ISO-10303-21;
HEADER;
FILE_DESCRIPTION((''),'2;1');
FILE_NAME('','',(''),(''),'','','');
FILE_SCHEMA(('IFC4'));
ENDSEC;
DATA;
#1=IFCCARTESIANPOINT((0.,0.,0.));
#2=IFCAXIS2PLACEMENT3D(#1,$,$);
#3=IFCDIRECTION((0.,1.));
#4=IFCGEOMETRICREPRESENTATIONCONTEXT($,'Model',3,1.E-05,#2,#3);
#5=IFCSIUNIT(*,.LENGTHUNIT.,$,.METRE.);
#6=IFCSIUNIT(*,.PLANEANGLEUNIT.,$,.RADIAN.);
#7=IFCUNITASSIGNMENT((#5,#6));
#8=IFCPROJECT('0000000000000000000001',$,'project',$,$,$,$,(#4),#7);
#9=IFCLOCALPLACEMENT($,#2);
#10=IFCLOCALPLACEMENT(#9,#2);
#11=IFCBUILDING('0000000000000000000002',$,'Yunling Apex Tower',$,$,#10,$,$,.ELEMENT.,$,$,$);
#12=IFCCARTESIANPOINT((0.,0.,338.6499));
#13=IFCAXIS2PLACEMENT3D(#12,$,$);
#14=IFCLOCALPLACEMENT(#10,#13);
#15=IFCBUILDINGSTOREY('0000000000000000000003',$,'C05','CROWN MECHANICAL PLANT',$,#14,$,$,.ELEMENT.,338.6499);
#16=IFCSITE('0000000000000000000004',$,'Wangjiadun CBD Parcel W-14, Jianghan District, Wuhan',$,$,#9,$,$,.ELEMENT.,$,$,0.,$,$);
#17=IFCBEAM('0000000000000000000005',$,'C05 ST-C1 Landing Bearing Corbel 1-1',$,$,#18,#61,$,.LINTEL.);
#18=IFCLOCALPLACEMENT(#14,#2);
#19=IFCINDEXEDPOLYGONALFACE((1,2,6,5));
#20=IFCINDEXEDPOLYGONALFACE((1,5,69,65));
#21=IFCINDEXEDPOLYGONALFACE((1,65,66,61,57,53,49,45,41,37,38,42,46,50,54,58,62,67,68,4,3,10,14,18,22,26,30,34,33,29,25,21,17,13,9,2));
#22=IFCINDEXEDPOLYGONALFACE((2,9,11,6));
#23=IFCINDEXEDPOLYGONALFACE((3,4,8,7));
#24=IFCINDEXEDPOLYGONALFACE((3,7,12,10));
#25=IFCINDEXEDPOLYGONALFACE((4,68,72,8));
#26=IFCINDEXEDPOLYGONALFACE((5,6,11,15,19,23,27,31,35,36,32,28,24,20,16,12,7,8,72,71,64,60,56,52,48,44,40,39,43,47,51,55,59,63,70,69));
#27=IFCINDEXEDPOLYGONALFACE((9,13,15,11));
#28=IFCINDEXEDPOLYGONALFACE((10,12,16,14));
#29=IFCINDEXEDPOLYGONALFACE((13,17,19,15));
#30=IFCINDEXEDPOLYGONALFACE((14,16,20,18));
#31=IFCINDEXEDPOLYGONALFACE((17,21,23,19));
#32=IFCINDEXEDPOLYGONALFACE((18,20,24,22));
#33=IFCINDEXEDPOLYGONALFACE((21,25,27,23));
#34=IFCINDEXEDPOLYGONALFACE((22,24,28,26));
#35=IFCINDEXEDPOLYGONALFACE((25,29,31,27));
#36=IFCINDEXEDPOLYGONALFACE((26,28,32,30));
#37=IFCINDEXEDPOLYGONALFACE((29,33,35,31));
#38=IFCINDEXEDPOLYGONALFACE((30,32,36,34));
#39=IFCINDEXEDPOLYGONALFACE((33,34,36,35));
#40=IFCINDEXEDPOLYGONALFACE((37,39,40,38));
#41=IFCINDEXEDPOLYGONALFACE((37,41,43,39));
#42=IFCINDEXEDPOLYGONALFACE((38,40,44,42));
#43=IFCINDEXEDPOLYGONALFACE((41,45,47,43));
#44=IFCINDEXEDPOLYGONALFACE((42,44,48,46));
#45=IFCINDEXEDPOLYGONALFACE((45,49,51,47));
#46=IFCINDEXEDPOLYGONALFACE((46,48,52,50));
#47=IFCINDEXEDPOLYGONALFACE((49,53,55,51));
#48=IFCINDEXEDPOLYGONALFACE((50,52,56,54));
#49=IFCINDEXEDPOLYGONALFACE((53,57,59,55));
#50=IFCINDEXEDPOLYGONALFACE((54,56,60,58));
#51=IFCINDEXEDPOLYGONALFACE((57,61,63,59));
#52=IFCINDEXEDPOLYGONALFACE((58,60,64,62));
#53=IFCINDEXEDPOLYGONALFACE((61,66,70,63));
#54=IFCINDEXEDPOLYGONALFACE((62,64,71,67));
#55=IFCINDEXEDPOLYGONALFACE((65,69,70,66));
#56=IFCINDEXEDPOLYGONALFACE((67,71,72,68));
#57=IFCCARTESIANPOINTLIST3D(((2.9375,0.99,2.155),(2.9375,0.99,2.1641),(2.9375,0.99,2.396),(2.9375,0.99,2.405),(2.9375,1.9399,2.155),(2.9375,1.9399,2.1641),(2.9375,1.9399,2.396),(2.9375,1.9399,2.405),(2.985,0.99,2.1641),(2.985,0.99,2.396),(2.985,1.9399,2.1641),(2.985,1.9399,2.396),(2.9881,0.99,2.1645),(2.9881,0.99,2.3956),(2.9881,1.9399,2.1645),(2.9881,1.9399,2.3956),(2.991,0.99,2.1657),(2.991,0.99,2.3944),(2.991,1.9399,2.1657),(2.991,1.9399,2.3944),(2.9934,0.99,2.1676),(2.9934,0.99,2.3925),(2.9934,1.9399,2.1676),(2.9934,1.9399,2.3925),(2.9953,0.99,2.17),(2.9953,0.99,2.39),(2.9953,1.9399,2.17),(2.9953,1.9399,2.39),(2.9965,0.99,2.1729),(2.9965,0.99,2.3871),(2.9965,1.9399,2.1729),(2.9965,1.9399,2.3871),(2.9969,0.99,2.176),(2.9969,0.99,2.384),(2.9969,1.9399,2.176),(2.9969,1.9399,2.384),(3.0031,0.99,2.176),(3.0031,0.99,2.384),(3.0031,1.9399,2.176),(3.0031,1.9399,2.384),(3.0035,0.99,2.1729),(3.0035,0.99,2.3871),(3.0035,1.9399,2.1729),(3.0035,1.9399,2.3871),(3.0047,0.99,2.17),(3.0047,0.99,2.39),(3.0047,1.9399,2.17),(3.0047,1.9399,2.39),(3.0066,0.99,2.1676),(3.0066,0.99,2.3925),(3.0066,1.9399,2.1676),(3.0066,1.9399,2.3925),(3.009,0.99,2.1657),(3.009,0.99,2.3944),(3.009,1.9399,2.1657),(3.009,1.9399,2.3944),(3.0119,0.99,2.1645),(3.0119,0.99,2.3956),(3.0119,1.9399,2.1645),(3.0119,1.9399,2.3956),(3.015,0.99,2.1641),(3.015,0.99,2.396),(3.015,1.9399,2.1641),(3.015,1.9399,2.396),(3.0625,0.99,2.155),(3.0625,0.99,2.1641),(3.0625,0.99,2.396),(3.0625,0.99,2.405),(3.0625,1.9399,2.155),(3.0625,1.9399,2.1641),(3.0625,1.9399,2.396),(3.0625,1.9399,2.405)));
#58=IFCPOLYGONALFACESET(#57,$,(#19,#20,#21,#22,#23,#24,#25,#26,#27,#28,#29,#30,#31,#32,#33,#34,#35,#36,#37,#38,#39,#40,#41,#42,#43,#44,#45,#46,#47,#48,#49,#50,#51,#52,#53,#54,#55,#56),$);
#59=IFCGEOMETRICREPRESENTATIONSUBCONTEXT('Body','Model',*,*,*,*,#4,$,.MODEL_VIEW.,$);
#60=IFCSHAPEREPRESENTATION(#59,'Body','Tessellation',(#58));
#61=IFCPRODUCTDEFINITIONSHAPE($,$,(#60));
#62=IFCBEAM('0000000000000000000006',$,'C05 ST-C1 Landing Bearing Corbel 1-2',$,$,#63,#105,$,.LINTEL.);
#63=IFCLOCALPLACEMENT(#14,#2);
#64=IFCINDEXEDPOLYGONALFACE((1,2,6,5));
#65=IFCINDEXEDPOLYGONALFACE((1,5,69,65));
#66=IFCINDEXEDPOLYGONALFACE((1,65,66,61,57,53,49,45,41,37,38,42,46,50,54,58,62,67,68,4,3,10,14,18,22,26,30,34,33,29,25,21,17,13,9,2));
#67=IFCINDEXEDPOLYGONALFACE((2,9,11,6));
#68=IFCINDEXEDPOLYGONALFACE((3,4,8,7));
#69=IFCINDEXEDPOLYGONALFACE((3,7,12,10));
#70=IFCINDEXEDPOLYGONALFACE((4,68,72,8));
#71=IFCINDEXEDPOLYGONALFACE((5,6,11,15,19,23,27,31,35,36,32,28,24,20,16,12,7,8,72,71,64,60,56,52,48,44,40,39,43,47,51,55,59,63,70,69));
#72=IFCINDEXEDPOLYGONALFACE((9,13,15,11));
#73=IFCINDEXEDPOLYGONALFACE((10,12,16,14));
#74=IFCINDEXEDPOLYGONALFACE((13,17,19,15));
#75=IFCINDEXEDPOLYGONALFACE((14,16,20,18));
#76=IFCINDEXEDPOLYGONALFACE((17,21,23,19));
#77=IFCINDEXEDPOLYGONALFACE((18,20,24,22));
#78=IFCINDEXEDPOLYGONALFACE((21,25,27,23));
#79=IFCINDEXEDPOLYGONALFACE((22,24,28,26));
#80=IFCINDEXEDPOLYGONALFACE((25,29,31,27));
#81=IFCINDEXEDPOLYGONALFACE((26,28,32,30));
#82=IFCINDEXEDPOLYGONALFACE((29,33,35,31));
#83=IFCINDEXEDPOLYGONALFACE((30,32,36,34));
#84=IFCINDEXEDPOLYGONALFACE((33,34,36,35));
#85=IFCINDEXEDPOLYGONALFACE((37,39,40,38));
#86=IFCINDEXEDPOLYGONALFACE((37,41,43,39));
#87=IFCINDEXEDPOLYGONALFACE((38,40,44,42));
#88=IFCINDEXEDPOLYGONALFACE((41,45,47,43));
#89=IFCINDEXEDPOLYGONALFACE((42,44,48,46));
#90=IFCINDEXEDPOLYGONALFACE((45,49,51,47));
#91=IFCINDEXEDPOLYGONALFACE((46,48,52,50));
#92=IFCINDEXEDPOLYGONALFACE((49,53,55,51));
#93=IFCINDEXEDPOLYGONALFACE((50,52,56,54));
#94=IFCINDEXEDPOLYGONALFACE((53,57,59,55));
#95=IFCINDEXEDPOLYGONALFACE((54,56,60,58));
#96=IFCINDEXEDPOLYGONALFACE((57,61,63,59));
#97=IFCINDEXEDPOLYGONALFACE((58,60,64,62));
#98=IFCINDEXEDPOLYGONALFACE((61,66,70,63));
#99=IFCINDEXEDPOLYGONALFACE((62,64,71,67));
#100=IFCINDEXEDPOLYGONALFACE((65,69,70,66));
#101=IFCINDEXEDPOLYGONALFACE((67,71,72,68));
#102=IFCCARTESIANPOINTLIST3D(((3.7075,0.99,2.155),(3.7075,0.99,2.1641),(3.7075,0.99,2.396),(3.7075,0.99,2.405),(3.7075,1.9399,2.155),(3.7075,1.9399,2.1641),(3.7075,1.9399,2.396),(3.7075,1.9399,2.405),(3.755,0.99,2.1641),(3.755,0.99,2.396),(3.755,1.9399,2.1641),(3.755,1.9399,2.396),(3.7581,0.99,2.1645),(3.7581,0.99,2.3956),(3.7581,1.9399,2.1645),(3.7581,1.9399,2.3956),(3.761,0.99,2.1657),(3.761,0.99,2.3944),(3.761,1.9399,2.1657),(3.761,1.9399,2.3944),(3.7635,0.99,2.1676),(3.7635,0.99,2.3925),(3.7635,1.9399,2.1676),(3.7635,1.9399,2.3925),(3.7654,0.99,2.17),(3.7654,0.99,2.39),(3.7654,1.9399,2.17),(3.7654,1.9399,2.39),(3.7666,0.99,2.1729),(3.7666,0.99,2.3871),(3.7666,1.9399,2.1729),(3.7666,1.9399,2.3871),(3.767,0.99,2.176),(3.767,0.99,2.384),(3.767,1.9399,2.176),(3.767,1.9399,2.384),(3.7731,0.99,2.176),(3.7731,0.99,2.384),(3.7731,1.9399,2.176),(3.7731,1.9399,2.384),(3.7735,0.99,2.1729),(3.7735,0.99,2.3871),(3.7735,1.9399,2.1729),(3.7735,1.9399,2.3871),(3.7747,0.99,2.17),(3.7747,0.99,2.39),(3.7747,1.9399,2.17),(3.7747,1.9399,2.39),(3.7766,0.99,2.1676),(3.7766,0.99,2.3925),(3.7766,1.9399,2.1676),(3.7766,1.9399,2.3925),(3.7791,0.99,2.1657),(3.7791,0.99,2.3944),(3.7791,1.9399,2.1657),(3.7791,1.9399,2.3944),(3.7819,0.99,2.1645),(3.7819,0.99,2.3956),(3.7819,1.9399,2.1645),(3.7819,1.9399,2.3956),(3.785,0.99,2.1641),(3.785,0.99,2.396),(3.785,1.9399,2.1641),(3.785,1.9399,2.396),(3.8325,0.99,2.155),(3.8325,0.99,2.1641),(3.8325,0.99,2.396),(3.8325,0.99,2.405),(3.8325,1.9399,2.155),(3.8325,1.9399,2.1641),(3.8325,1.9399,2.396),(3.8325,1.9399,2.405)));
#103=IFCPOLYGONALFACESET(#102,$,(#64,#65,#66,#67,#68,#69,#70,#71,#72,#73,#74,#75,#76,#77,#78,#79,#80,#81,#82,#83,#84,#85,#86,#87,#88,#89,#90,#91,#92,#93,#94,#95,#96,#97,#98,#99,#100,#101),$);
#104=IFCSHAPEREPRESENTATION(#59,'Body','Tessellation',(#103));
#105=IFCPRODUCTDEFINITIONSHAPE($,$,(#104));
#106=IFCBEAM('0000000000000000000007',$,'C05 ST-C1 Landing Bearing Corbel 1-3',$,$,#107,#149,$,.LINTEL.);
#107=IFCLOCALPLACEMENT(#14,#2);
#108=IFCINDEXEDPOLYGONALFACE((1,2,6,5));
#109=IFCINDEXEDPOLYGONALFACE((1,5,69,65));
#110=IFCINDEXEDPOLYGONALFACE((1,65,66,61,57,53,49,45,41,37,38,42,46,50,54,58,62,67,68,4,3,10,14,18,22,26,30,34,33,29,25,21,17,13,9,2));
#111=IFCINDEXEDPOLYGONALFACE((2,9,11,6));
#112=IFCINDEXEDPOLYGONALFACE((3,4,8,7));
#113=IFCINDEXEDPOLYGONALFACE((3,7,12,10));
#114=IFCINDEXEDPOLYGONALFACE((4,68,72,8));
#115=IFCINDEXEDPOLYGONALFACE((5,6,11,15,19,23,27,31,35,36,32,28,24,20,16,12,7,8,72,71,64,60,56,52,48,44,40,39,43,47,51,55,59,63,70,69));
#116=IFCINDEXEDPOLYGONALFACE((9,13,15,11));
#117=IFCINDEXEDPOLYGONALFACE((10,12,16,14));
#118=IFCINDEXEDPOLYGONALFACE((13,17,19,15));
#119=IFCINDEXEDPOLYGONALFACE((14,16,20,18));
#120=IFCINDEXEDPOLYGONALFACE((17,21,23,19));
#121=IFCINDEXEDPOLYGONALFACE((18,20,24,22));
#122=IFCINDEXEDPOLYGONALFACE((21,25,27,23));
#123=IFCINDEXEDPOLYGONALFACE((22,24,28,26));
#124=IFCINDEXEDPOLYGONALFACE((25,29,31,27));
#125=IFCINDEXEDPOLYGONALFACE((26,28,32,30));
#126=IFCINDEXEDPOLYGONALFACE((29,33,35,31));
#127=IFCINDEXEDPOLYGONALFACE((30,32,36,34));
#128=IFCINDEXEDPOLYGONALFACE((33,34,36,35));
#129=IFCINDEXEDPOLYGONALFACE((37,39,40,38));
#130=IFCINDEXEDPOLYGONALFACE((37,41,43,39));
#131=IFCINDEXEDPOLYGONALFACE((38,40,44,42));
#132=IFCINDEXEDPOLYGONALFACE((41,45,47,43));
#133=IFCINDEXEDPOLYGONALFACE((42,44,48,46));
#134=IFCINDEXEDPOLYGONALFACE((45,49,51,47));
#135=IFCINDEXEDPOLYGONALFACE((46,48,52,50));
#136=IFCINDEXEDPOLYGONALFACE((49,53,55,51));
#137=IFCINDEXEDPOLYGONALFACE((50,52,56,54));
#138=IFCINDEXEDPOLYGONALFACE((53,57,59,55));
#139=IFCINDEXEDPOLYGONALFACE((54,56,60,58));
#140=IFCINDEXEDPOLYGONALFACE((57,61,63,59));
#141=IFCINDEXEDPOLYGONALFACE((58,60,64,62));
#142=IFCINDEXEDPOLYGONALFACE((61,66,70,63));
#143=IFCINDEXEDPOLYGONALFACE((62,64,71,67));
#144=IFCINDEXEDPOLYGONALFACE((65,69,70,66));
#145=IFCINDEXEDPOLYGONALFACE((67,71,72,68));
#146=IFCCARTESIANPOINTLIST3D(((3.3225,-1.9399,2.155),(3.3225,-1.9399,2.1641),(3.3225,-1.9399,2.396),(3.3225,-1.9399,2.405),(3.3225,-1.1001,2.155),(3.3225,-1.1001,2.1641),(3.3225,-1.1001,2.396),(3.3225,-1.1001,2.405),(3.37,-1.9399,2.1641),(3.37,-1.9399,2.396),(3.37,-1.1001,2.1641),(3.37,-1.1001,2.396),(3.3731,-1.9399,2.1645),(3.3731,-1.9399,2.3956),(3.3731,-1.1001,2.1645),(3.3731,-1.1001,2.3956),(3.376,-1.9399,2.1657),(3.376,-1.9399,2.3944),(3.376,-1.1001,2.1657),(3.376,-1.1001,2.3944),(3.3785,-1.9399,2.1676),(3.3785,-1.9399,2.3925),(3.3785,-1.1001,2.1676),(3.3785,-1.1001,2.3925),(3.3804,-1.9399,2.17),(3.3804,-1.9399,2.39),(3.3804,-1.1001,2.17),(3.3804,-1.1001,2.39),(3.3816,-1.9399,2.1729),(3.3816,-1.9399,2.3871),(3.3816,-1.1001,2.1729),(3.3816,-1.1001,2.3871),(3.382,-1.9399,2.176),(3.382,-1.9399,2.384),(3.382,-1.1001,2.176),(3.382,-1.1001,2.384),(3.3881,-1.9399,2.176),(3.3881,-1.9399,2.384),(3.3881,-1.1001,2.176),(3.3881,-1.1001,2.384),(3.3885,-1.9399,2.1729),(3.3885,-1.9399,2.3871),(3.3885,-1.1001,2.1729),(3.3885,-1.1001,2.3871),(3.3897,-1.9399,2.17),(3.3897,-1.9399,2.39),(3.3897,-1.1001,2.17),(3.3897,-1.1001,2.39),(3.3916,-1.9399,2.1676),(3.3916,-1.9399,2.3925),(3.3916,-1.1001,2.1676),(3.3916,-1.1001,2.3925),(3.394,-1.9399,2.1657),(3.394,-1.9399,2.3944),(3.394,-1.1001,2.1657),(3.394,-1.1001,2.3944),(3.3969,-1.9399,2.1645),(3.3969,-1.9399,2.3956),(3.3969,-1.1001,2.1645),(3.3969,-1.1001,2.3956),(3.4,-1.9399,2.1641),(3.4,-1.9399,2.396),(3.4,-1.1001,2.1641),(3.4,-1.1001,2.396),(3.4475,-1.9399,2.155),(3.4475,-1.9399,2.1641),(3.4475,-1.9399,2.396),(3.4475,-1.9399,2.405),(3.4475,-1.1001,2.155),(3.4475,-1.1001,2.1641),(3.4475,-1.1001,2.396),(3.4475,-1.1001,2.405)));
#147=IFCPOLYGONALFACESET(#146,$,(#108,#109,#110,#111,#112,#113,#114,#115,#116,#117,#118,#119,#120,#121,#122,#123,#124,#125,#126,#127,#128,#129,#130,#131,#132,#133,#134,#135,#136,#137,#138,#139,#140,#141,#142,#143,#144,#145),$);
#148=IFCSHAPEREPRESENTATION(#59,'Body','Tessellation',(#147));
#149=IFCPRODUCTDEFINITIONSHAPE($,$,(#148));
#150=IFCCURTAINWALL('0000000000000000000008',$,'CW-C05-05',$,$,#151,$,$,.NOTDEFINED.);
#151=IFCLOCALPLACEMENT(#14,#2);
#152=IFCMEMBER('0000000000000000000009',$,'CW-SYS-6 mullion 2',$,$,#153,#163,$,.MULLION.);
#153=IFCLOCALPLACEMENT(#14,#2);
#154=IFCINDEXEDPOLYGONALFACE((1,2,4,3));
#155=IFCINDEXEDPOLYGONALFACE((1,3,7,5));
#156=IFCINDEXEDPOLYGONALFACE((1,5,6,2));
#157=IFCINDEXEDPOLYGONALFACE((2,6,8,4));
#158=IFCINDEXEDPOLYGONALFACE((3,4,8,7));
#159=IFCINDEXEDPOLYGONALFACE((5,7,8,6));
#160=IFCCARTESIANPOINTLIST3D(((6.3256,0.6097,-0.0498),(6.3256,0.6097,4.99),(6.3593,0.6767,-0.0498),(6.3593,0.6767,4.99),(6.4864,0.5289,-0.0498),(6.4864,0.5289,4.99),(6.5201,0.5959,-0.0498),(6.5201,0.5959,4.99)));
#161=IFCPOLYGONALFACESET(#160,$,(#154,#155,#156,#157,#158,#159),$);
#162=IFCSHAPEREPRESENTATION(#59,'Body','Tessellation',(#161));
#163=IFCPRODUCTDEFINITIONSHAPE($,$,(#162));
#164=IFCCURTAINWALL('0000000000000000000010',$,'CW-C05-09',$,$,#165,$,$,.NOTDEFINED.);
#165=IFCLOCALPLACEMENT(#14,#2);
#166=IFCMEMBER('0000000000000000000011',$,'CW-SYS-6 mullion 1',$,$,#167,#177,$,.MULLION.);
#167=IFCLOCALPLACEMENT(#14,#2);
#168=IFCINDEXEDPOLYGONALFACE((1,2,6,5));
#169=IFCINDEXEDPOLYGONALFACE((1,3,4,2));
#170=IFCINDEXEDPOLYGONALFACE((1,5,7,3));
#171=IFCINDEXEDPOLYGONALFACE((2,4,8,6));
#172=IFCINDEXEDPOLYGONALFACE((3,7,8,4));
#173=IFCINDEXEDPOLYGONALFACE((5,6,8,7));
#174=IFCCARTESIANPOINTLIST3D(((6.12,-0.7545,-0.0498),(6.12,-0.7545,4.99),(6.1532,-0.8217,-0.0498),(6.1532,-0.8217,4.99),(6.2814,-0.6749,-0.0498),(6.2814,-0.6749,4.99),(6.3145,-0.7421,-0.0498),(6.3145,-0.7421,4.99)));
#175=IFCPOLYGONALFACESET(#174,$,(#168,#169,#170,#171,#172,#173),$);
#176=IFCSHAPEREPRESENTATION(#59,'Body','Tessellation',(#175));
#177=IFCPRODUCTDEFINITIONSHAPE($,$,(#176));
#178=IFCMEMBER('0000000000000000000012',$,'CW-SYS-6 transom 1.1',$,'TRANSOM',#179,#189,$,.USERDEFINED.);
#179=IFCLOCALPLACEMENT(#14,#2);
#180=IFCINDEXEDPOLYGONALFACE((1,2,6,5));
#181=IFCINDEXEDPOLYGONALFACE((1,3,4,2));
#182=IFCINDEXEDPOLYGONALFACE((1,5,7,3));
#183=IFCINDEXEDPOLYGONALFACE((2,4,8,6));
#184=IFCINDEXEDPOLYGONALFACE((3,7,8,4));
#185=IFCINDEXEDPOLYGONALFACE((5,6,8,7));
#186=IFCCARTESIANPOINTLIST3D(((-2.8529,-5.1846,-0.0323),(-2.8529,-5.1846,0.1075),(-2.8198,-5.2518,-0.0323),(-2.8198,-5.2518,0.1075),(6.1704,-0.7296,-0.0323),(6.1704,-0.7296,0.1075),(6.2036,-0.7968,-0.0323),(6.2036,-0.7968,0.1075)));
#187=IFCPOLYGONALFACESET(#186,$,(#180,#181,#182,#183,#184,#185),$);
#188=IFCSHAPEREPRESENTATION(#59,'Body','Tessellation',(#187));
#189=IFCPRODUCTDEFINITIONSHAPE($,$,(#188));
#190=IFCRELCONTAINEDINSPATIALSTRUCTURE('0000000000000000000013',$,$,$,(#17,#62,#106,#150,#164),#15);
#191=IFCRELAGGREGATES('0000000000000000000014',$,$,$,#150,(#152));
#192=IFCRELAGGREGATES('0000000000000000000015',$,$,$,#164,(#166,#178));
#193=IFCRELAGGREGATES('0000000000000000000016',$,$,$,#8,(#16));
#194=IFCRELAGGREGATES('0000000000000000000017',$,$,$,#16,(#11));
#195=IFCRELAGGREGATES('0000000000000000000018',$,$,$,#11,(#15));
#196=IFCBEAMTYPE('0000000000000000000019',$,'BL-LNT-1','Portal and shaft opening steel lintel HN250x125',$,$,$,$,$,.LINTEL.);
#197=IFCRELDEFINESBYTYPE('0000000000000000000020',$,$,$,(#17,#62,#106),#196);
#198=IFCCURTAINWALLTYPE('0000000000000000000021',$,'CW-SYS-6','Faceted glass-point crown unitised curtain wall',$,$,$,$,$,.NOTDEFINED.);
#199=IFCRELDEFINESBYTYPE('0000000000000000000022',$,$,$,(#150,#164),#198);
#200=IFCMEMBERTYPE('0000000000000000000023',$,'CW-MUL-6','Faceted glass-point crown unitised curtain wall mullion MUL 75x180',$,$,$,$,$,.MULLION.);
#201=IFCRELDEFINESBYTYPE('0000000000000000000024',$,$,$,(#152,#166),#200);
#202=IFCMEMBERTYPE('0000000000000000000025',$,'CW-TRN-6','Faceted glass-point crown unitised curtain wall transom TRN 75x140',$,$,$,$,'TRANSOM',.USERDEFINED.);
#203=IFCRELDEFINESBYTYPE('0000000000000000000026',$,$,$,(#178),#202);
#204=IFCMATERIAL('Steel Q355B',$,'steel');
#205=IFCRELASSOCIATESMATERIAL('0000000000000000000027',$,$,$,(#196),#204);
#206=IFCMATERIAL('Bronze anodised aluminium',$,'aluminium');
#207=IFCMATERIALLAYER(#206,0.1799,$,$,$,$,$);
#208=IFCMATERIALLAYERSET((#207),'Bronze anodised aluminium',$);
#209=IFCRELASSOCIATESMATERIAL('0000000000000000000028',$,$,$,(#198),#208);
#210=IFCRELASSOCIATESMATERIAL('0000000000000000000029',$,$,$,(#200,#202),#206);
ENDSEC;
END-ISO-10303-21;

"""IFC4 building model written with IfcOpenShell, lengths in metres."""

from ifc_helpers import new_model, si_unit, direction, frame, origin, origin_2d, place, context, subcontext, project, spatial, rectangle, i_section, extrude, source, transform, mapped, material, layer, layer_set, material_profile, profile_set, type_object, element, aggregate, save


model = new_model("IFC4")

# Units and contexts
model_context = context("Model", 3, precision=1e-05, world=origin(), true_north=direction((0.0, 1.0)))
body_context = subcontext(model_context, "Body", "Model", "MODEL_VIEW")
ifc_project = project(units=[si_unit("LENGTHUNIT", "METRE"), si_unit("PLANEANGLEUNIT", "RADIAN")], contexts=[model_context])

# Site, building, storey
site_placement = place(None, origin())
site = spatial("IfcSite", under=ifc_project, at=site_placement, Name="Wangjiadun CBD Parcel W-14, Jianghan District, Wuhan", CompositionType="ELEMENT", RefElevation=0.0)
building_placement = place(site_placement, origin())
building = spatial("IfcBuilding", under=site, at=building_placement, Name="Yunling Apex Tower", CompositionType="ELEMENT")
storey_placement = place(building_placement, frame((0.0, 0.0, 338.6499)))
storey = spatial("IfcBuildingStorey", under=building, at=storey_placement, Name="C05", Description="CROWN MECHANICAL PLANT", CompositionType="ELEMENT", Elevation=338.6499)

# Beams
ifc_material_1 = material(Name="Steel Q355B", Category="steel")
ifc_material_profile_1 = material_profile(ifc_material_1, i_section(OverallWidth=0.125, OverallDepth=0.25, WebThickness=0.0061, FlangeThickness=0.009, FilletRadius=0.012, at=origin_2d()))
ifc_profile_set_1 = profile_set([ifc_material_profile_1], Name="Steel Q355B")
beam_type = type_object("IfcBeamType", Name="BL-LNT-1", Description="Portal and shaft opening steel lintel HN250x125", PredefinedType="LINTEL", material=ifc_profile_set_1)
shared_shape_1 = source(origin(), body_context, "Body", "SweptSolid", [
    extrude(i_section(OverallWidth=0.125, OverallDepth=0.25, WebThickness=0.0061, FlangeThickness=0.009, FilletRadius=0.012, at=origin_2d()), origin(), (0.0, 0.0, 1.0), 0.95),
])
for number, where, z_axis, x_axis, name in (
    (1, (3.0, 1.9399, 2.28), (0.0, -1.0, 0.0), (1.0, 0.0, 0.0), "C05 ST-C1 Landing Bearing Corbel 1-1"),
    (2, (3.77, 1.9399, 2.28), (0.0, -1.0, 0.0), (1.0, 0.0, 0.0), "C05 ST-C1 Landing Bearing Corbel 1-2"),
):
    element("IfcBeam", number, at=place(storey_placement, frame(where, z_axis=z_axis, x_axis=x_axis)), inside=storey, type_object=beam_type, Name=name, PredefinedType="LINTEL", context=body_context, shape_type="MappedRepresentation", body=[
        mapped(shared_shape_1, transform((0.0, 0.0, 0.0), scale=1.0)),
    ])
shared_shape_2 = source(origin(), body_context, "Body", "SweptSolid", [
    extrude(i_section(OverallWidth=0.125, OverallDepth=0.25, WebThickness=0.0061, FlangeThickness=0.009, FilletRadius=0.012, at=origin_2d()), origin(), (0.0, 0.0, 1.0), 0.8398),
])
beam_placement = place(storey_placement, frame((3.385, -1.9399, 2.28), z_axis=(0.0, 1.0, 0.0), x_axis=(-1.0, 0.0, 0.0)))
element("IfcBeam", 3, at=beam_placement, inside=storey, type_object=beam_type, Name="C05 ST-C1 Landing Bearing Corbel 1-3", PredefinedType="LINTEL", context=body_context, shape_type="MappedRepresentation", body=[
    mapped(shared_shape_2, transform((0.0, 0.0, 0.0), scale=1.0)),
])

# Curtain wall, member
ifc_material_2 = material(Name="Bronze anodised aluminium", Category="aluminium")
ifc_layer = layer(ifc_material_2, 0.1799)
ifc_layer_set = layer_set([ifc_layer], Name="Bronze anodised aluminium")
curtain_wall_type = type_object("IfcCurtainWallType", Name="CW-SYS-6", Description="Faceted glass-point crown unitised curtain wall", PredefinedType="NOTDEFINED", material=ifc_layer_set)
curtain_wall_1_placement = place(storey_placement, origin())
curtain_wall_1 = element("IfcCurtainWall", 4, at=curtain_wall_1_placement, inside=storey, type_object=curtain_wall_type, Name="CW-C05-05", PredefinedType="NOTDEFINED")
ifc_material_profile_2 = material_profile(ifc_material_2, rectangle(XDim=0.075, YDim=0.1799, at=origin_2d()))
ifc_profile_set_2 = profile_set([ifc_material_profile_2], Name="Bronze anodised aluminium")
member_type_1 = type_object("IfcMemberType", Name="CW-MUL-6", Description="Faceted glass-point crown unitised curtain wall mullion MUL 75x180", PredefinedType="MULLION", material=ifc_profile_set_2)
shared_shape_3 = source(origin(), body_context, "Body", "SweptSolid", [
    extrude(rectangle(XDim=0.075, YDim=0.1799, at=origin_2d()), origin(), (0.0, 0.0, 1.0), 5.0398),
])
member_1_placement = place(storey_placement, frame((6.4229, 0.6028, -0.0498), z_axis=(0.0, 0.0, 1.0), x_axis=(0.448973, 0.893545, 0.0)))
member_1 = element("IfcMember", 5, at=member_1_placement, type_object=member_type_1, Name="CW-SYS-6 mullion 2", PredefinedType="MULLION", context=body_context, shape_type="MappedRepresentation", body=[
    mapped(shared_shape_3, transform((0.0, 0.0, 0.0), scale=1.0)),
])
aggregate(curtain_wall_1, [member_1])

# Curtain wall, members
curtain_wall_2_placement = place(storey_placement, origin())
curtain_wall_2 = element("IfcCurtainWall", 6, at=curtain_wall_2_placement, inside=storey, type_object=curtain_wall_type, Name="CW-C05-09", PredefinedType="NOTDEFINED")
member_2_placement = place(storey_placement, frame((6.2173, -0.7483, -0.0498), z_axis=(0.0, 0.0, 1.0), x_axis=(0.442709, -0.896666, 0.0)))
member_2 = element("IfcMember", 7, at=member_2_placement, type_object=member_type_1, Name="CW-SYS-6 mullion 1", PredefinedType="MULLION", context=body_context, shape_type="MappedRepresentation", body=[
    mapped(shared_shape_3, transform((0.0, 0.0, 0.0), scale=1.0)),
])
ifc_material_profile_3 = material_profile(ifc_material_2, rectangle(XDim=0.075, YDim=0.1399, at=origin_2d()))
ifc_profile_set_3 = profile_set([ifc_material_profile_3], Name="Bronze anodised aluminium")
member_type_2 = type_object("IfcMemberType", Name="CW-TRN-6", Description="Faceted glass-point crown unitised curtain wall transom TRN 75x140", ElementType="TRANSOM", PredefinedType="USERDEFINED", material=ifc_profile_set_3)
shared_shape_4 = source(origin(), body_context, "Body", "SweptSolid", [
    extrude(rectangle(XDim=0.075, YDim=0.1399, at=origin_2d()), origin(), (0.0, 0.0, 1.0), 10.0632),
])
member_3_placement = place(storey_placement, frame((6.187, -0.7632, 0.0376), z_axis=(-0.896667, -0.442705, 0.0), x_axis=(0.442705, -0.896667, 0.0)))
member_3 = element("IfcMember", 8, at=member_3_placement, type_object=member_type_2, Name="CW-SYS-6 transom 1.1", ObjectType="TRANSOM", PredefinedType="USERDEFINED", context=body_context, shape_type="MappedRepresentation", body=[
    mapped(shared_shape_4, transform((0.0, 0.0, 0.0), scale=1.0)),
])
aggregate(curtain_wall_2, [member_2, member_3])

save(model, "model.ifc")
